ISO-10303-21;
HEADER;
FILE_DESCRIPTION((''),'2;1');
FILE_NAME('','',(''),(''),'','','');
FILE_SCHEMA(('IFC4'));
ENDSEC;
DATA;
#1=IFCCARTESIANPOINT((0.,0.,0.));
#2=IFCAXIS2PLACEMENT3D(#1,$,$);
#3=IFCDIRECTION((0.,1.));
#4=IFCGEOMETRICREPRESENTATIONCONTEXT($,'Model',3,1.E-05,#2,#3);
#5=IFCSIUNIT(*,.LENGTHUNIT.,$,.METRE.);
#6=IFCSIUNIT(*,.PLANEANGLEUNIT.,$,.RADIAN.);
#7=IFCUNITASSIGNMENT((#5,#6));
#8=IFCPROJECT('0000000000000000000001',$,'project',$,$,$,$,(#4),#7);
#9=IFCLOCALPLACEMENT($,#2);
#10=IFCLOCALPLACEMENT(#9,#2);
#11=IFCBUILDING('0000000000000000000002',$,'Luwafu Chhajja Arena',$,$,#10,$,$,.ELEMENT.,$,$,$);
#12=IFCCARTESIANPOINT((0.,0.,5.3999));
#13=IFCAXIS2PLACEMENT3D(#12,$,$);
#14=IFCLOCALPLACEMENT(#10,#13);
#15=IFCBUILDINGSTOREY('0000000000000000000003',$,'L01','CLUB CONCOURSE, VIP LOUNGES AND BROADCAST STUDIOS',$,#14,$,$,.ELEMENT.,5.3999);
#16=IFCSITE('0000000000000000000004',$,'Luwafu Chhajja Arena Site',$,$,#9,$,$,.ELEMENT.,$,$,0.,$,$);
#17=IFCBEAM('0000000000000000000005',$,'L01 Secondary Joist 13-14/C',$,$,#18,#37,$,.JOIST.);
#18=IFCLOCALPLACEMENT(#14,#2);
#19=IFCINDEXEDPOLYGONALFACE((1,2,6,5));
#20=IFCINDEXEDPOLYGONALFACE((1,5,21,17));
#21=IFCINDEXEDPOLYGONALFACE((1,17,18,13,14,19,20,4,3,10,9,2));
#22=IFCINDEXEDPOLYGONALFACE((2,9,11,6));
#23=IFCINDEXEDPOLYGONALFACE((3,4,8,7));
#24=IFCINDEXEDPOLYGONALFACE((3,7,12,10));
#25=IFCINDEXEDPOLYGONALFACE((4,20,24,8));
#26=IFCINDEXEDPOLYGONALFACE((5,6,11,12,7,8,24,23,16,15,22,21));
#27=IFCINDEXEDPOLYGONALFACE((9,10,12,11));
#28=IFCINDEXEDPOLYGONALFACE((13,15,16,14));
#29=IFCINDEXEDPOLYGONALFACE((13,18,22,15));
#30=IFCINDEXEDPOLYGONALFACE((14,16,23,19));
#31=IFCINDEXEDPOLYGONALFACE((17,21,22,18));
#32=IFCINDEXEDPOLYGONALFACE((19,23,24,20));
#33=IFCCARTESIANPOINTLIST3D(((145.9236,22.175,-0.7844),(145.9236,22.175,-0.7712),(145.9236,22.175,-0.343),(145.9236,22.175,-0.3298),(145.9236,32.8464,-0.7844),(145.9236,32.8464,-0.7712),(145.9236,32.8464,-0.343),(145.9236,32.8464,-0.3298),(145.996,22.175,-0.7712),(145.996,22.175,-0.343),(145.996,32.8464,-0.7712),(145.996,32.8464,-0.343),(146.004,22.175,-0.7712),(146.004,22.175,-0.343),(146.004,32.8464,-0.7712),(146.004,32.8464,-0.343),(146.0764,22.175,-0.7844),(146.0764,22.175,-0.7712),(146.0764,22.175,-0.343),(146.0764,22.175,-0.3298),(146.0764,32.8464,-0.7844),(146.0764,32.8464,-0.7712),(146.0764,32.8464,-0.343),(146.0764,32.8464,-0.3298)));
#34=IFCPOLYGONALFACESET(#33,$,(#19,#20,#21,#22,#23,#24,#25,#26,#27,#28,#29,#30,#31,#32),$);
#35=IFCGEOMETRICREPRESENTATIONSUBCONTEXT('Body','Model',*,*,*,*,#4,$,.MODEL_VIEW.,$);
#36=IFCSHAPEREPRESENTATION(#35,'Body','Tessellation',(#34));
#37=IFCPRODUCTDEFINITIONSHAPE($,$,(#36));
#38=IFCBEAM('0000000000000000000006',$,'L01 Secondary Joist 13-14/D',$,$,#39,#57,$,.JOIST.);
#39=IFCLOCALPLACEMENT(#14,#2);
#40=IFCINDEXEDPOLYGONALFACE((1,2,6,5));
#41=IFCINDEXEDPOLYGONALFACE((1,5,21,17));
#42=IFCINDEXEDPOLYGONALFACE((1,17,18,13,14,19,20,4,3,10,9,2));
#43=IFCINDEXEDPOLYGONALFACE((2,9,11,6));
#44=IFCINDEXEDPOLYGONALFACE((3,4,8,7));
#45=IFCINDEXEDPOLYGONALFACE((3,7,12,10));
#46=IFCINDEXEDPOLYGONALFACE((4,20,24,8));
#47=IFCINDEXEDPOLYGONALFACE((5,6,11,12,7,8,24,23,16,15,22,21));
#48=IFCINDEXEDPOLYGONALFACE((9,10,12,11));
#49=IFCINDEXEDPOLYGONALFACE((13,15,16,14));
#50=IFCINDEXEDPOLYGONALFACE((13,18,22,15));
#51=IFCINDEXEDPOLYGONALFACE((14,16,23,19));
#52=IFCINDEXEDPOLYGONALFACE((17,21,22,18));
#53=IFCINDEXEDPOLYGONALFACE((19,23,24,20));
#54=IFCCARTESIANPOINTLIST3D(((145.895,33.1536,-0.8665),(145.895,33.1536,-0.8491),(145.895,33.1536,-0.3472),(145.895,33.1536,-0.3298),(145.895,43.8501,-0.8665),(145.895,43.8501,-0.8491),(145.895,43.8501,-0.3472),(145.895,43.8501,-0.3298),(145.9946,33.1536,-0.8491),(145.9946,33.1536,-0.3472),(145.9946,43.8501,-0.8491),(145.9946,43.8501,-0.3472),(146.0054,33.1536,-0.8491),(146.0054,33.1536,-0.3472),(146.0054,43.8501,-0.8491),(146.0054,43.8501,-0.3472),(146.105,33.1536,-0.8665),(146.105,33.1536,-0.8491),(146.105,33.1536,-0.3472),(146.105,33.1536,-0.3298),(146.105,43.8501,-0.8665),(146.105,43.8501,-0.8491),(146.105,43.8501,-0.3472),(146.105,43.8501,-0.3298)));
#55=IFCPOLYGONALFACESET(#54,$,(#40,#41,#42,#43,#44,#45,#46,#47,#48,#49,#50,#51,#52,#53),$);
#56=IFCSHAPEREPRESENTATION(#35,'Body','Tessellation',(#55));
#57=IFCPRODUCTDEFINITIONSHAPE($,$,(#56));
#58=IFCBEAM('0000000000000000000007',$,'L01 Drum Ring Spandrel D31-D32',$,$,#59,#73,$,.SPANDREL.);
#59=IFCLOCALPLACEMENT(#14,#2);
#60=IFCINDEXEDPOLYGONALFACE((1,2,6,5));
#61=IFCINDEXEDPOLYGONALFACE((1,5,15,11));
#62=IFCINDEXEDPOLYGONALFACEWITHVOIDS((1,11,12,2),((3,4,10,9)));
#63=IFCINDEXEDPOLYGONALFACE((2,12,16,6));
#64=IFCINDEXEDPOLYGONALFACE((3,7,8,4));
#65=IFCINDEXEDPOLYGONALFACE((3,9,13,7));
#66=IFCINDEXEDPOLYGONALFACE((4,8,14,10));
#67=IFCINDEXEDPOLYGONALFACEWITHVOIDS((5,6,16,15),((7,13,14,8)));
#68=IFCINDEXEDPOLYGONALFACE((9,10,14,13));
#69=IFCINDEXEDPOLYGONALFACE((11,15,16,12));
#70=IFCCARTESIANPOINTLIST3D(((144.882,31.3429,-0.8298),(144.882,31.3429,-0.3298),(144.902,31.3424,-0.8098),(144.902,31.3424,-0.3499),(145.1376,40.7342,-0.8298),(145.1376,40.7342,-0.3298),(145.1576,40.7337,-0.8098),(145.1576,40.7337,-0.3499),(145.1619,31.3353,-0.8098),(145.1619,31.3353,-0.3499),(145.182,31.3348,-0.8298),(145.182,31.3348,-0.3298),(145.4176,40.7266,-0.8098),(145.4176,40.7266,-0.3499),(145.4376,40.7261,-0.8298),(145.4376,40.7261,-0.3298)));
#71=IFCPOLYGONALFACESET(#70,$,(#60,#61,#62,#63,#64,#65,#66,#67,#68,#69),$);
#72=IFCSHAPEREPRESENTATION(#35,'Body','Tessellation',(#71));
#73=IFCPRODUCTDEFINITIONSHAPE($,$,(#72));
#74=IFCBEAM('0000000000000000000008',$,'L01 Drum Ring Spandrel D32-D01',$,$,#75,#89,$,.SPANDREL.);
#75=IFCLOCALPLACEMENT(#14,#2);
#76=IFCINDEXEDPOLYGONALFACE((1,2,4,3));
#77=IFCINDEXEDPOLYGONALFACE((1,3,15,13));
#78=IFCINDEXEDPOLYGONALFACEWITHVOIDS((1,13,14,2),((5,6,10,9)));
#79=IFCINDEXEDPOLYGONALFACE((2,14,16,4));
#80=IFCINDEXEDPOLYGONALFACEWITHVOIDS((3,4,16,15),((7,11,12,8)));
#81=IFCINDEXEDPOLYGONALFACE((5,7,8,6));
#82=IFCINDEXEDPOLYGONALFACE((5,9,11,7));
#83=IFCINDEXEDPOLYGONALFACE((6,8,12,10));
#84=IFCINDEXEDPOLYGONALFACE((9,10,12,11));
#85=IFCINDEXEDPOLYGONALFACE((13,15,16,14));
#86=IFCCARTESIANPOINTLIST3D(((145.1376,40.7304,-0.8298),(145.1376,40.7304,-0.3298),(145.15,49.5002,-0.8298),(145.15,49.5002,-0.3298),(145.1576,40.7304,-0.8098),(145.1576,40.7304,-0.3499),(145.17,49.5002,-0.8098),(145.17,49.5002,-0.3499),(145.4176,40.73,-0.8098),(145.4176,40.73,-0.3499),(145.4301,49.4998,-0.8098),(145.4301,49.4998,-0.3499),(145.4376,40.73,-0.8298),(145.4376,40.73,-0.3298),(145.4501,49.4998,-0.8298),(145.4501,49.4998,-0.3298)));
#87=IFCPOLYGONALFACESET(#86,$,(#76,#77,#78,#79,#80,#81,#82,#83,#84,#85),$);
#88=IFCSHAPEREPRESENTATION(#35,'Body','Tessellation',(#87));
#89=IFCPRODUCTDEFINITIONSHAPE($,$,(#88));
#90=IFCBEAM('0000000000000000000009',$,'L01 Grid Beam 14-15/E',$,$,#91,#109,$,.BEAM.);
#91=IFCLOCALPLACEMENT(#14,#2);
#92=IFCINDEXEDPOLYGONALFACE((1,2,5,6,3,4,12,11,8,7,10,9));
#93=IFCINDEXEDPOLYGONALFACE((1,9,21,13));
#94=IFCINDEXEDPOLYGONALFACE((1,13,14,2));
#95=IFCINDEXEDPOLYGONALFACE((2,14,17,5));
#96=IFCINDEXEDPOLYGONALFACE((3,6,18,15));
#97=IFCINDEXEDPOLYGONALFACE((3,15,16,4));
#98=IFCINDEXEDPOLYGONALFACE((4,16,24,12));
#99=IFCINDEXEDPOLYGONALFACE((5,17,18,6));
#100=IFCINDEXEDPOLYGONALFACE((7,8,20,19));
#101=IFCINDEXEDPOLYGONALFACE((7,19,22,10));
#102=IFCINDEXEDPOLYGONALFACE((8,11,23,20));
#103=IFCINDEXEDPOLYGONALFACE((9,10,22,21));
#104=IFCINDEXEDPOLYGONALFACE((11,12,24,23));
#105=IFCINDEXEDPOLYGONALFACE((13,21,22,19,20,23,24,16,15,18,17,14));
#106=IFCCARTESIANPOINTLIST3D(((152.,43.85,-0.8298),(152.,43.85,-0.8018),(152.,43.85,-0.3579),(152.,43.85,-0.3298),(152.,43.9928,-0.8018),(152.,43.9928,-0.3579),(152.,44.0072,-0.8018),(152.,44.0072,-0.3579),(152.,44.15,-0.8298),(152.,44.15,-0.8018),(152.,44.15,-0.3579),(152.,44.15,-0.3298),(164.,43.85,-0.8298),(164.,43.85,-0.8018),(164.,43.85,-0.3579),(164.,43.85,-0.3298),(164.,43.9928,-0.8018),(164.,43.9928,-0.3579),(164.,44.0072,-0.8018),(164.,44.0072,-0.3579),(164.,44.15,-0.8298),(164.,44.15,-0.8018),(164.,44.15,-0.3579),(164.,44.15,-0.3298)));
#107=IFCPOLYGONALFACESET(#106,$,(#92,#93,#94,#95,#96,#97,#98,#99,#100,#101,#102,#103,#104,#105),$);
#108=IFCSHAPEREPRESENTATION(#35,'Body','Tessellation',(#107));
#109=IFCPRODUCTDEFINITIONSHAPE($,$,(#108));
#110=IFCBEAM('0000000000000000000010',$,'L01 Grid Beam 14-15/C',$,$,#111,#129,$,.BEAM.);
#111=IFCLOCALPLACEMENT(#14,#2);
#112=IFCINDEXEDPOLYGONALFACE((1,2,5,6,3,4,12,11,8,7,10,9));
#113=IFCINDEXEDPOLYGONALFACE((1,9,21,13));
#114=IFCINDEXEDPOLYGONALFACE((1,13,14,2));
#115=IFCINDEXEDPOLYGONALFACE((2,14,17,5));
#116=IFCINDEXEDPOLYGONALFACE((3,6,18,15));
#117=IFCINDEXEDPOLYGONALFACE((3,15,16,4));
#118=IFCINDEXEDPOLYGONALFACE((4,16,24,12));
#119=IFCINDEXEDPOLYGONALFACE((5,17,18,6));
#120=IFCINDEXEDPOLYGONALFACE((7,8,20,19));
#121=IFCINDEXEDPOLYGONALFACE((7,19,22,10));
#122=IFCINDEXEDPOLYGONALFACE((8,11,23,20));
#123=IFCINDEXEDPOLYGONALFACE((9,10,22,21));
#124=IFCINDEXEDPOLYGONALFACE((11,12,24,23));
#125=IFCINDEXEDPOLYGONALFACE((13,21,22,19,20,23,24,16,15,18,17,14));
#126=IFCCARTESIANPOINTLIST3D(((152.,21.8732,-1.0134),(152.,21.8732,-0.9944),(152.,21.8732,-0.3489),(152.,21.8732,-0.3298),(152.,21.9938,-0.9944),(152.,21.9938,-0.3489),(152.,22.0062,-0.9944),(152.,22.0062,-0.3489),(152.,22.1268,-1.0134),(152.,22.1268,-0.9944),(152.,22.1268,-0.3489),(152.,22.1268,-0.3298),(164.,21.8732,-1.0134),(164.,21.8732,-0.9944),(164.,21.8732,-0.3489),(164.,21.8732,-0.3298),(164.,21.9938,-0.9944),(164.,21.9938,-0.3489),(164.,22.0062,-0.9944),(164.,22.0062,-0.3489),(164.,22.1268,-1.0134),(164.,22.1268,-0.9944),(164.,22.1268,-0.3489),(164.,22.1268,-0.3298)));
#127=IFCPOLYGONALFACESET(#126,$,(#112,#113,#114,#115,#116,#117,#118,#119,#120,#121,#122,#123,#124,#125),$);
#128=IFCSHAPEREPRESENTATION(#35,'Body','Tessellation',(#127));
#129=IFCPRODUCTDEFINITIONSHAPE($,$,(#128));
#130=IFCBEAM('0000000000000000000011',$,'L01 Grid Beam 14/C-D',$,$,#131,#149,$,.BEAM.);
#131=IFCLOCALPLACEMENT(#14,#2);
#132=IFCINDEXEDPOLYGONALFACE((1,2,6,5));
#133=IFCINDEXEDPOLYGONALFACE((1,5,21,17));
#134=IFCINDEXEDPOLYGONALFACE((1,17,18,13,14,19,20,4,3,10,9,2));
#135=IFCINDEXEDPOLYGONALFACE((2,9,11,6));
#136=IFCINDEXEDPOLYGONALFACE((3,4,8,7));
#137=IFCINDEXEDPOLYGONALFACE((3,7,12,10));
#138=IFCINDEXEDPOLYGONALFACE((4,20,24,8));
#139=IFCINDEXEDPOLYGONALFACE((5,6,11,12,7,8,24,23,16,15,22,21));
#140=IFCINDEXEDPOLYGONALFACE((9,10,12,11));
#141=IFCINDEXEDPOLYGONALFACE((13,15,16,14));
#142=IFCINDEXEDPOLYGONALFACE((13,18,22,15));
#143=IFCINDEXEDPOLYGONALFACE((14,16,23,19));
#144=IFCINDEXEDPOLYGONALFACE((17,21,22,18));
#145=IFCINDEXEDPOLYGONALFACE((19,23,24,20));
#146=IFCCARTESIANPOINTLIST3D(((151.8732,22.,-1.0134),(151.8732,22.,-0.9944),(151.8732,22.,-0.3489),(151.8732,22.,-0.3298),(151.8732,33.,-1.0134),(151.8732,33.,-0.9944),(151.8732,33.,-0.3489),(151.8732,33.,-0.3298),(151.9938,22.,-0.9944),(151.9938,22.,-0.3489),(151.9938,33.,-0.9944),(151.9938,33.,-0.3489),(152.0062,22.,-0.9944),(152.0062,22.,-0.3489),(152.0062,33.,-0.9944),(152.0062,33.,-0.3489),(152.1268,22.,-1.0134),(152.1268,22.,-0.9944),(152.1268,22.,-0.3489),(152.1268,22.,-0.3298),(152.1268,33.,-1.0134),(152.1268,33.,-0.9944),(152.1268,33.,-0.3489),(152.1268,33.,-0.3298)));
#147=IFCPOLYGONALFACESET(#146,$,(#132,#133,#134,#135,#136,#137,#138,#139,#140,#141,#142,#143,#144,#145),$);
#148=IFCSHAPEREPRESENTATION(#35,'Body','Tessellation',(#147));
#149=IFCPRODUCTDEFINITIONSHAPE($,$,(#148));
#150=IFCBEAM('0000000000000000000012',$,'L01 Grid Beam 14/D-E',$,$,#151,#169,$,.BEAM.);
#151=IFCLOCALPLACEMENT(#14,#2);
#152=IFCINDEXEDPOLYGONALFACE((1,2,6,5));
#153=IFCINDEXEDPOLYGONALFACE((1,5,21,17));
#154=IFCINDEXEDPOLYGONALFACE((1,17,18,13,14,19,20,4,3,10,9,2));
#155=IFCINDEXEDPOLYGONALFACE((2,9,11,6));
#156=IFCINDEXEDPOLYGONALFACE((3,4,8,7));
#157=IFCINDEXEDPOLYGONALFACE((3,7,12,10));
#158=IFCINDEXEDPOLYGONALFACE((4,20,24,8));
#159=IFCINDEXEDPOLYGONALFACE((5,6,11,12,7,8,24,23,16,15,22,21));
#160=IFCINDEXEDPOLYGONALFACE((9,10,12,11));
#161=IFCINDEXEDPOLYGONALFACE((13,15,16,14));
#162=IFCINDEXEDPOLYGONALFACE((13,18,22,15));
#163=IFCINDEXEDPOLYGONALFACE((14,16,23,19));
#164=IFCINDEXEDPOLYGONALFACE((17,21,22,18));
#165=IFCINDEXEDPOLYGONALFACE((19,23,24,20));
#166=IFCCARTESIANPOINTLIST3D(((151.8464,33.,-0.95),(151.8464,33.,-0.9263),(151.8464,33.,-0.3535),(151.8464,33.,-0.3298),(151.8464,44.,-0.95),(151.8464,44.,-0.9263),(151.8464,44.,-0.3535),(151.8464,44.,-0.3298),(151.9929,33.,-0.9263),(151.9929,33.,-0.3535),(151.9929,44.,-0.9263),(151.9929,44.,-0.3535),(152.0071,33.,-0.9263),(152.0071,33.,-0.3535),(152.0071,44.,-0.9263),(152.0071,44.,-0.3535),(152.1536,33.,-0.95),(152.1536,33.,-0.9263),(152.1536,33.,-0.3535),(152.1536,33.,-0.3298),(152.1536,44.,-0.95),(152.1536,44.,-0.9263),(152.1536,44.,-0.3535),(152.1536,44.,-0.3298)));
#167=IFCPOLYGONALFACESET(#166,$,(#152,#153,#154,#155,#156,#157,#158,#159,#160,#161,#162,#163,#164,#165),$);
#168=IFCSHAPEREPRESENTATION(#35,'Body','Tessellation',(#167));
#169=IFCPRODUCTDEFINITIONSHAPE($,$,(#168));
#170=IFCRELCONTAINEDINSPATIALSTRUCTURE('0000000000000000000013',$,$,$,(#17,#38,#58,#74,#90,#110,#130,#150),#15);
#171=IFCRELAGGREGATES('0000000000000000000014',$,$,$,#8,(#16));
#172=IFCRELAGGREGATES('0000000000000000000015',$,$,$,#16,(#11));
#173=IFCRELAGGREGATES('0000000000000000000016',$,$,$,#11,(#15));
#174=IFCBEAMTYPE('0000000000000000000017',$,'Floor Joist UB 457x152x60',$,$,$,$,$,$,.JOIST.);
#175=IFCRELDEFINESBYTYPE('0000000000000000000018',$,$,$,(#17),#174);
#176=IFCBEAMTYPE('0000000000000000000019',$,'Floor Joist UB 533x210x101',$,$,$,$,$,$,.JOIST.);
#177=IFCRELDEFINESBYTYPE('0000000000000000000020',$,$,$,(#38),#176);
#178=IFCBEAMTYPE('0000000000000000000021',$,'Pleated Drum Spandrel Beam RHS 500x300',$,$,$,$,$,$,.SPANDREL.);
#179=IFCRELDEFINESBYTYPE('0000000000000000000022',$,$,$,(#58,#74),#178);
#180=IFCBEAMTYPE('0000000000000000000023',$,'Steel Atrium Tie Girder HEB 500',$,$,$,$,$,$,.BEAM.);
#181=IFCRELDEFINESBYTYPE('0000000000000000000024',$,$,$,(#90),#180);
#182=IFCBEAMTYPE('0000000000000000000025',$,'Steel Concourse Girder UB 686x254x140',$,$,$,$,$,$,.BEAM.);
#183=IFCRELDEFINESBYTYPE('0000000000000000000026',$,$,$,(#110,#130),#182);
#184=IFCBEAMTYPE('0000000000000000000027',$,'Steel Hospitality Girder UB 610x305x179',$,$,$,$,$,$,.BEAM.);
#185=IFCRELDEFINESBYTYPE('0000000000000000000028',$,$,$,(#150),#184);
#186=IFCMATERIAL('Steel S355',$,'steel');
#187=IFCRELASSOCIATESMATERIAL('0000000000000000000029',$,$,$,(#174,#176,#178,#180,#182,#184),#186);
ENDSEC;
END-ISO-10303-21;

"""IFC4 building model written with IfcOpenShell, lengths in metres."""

from ifc_helpers import new_model, si_unit, direction, frame, origin, origin_2d, place, context, subcontext, project, spatial, hollow_rectangle, i_section, extrude, material, material_profile, profile_set, type_object, element, save


model = new_model("IFC4")

# Units and contexts
model_context = context("Model", 3, precision=1e-05, world=origin(), true_north=direction((0.0, 1.0)))
body_context = subcontext(model_context, "Body", "Model", "MODEL_VIEW")
ifc_project = project(units=[si_unit("LENGTHUNIT", "METRE"), si_unit("PLANEANGLEUNIT", "RADIAN")], contexts=[model_context])

# Site, building, storey
site_placement = place(None, origin())
site = spatial("IfcSite", under=ifc_project, at=site_placement, Name="Luwafu Chhajja Arena Site", CompositionType="ELEMENT", RefElevation=0.0)
building_placement = place(site_placement, origin())
building = spatial("IfcBuilding", under=site, at=building_placement, Name="Luwafu Chhajja Arena", CompositionType="ELEMENT")
storey_placement = place(building_placement, frame((0.0, 0.0, 5.3999)))
storey = spatial("IfcBuildingStorey", under=building, at=storey_placement, Name="L01", Description="CLUB CONCOURSE, VIP LOUNGES AND BROADCAST STUDIOS", CompositionType="ELEMENT", Elevation=5.3999)

# Shared definitions
ifc_material_1 = material(Name="Steel S355", Category="steel")

# Beams
ifc_material_profile_1 = material_profile(ifc_material_1, i_section(OverallWidth=0.1528, OverallDepth=0.4546, WebThickness=0.0081, FlangeThickness=0.0132, at=origin_2d()), Name="UB 457x152x60")
ifc_profile_set_1 = profile_set([ifc_material_profile_1], Name="Steel S355")
beam_type_1 = type_object("IfcBeamType", Name="Floor Joist UB 457x152x60", PredefinedType="JOIST", material=ifc_profile_set_1)
beam_1_placement = place(storey_placement, frame((146.0, 22.175, -0.5571), z_axis=(0.0, 1.0, 0.0), x_axis=(-1.0, 0.0, 0.0)))
element("IfcBeam", 1, at=beam_1_placement, inside=storey, type_object=beam_type_1, Name="L01 Secondary Joist 13-14/C", PredefinedType="JOIST", context=body_context, shape_type="SweptSolid", body=[
    extrude(i_section(OverallWidth=0.1528, OverallDepth=0.4546, WebThickness=0.0081, FlangeThickness=0.0132, at=origin_2d()), origin(), (0.0, 0.0, 1.0), 10.6714),
])
ifc_material_profile_2 = material_profile(ifc_material_1, i_section(OverallWidth=0.21, OverallDepth=0.5366, WebThickness=0.0107, FlangeThickness=0.0173, at=origin_2d()), Name="UB 533x210x101")
ifc_profile_set_2 = profile_set([ifc_material_profile_2], Name="Steel S355")
beam_type_2 = type_object("IfcBeamType", Name="Floor Joist UB 533x210x101", PredefinedType="JOIST", material=ifc_profile_set_2)
beam_2_placement = place(storey_placement, frame((146.0, 33.1536, -0.5981), z_axis=(0.0, 1.0, 0.0), x_axis=(-1.0, 0.0, 0.0)))
element("IfcBeam", 2, at=beam_2_placement, inside=storey, type_object=beam_type_2, Name="L01 Secondary Joist 13-14/D", PredefinedType="JOIST", context=body_context, shape_type="SweptSolid", body=[
    extrude(i_section(OverallWidth=0.21, OverallDepth=0.5366, WebThickness=0.0107, FlangeThickness=0.0173, at=origin_2d()), origin(), (0.0, 0.0, 1.0), 10.6965),
])
ifc_material_profile_3 = material_profile(ifc_material_1, hollow_rectangle(XDim=0.3, YDim=0.5, WallThickness=0.02, at=origin_2d()), Name="RHS 500x300x20")
ifc_profile_set_3 = profile_set([ifc_material_profile_3], Name="Steel S355")
beam_type_3 = type_object("IfcBeamType", Name="Pleated Drum Spandrel Beam RHS 500x300", PredefinedType="SPANDREL", material=ifc_profile_set_3)
beam_3_placement = place(storey_placement, frame((145.032, 31.3389, -0.5798), z_axis=(0.027208, 0.99963, 0.0), x_axis=(-0.99963, 0.027208, 0.0)))
element("IfcBeam", 3, at=beam_3_placement, inside=storey, type_object=beam_type_3, Name="L01 Drum Ring Spandrel D31-D32", PredefinedType="SPANDREL", context=body_context, shape_type="SweptSolid", body=[
    extrude(hollow_rectangle(XDim=0.3, YDim=0.5, WallThickness=0.02, at=origin_2d()), origin(), (0.0, 0.0, 1.0), 9.3948),
])
beam_4_placement = place(storey_placement, frame((145.2876, 40.7302, -0.5798), z_axis=(0.00142, 0.999999, 0.0), x_axis=(-0.999999, 0.00142, 0.0)))
element("IfcBeam", 4, at=beam_4_placement, inside=storey, type_object=beam_type_3, Name="L01 Drum Ring Spandrel D32-D01", PredefinedType="SPANDREL", context=body_context, shape_type="SweptSolid", body=[
    extrude(hollow_rectangle(XDim=0.3, YDim=0.5, WallThickness=0.02, at=origin_2d()), origin(), (0.0, 0.0, 1.0), 8.7698),
])
ifc_material_profile_4 = material_profile(ifc_material_1, i_section(OverallWidth=0.3, OverallDepth=0.5, WebThickness=0.0144, FlangeThickness=0.0281, at=origin_2d()), Name="HEB 500")
ifc_profile_set_4 = profile_set([ifc_material_profile_4], Name="Steel S355")
beam_type_4 = type_object("IfcBeamType", Name="Steel Atrium Tie Girder HEB 500", PredefinedType="BEAM", material=ifc_profile_set_4)
beam_5_placement = place(storey_placement, frame((152.0, 44.0, -0.5798), z_axis=(1.0, 0.0, 0.0), x_axis=(0.0, 1.0, 0.0)))
element("IfcBeam", 5, at=beam_5_placement, inside=storey, type_object=beam_type_4, Name="L01 Grid Beam 14-15/E", PredefinedType="BEAM", context=body_context, shape_type="SweptSolid", body=[
    extrude(i_section(OverallWidth=0.3, OverallDepth=0.5, WebThickness=0.0144, FlangeThickness=0.0281, at=origin_2d()), origin(), (0.0, 0.0, 1.0), 12.0),
])
ifc_material_profile_5 = material_profile(ifc_material_1, i_section(OverallWidth=0.2537, OverallDepth=0.6836, WebThickness=0.0125, FlangeThickness=0.019, at=origin_2d()), Name="UB 686x254x140")
ifc_profile_set_5 = profile_set([ifc_material_profile_5], Name="Steel S355")
beam_type_5 = type_object("IfcBeamType", Name="Steel Concourse Girder UB 686x254x140", PredefinedType="BEAM", material=ifc_profile_set_5)
beam_6_placement = place(storey_placement, frame((152.0, 22.0, -0.6716), z_axis=(1.0, 0.0, 0.0), x_axis=(0.0, 1.0, 0.0)))
element("IfcBeam", 6, at=beam_6_placement, inside=storey, type_object=beam_type_5, Name="L01 Grid Beam 14-15/C", PredefinedType="BEAM", context=body_context, shape_type="SweptSolid", body=[
    extrude(i_section(OverallWidth=0.2537, OverallDepth=0.6836, WebThickness=0.0125, FlangeThickness=0.019, at=origin_2d()), origin(), (0.0, 0.0, 1.0), 12.0),
])
beam_7_placement = place(storey_placement, frame((152.0, 22.0, -0.6716), z_axis=(0.0, 1.0, 0.0), x_axis=(-1.0, 0.0, 0.0)))
element("IfcBeam", 7, at=beam_7_placement, inside=storey, type_object=beam_type_5, Name="L01 Grid Beam 14/C-D", PredefinedType="BEAM", context=body_context, shape_type="SweptSolid", body=[
    extrude(i_section(OverallWidth=0.2537, OverallDepth=0.6836, WebThickness=0.0125, FlangeThickness=0.019, at=origin_2d()), origin(), (0.0, 0.0, 1.0), 11.0),
])
ifc_material_profile_6 = material_profile(ifc_material_1, i_section(OverallWidth=0.3071, OverallDepth=0.6201, WebThickness=0.0142, FlangeThickness=0.0237, at=origin_2d()), Name="UB 610x305x179")
ifc_profile_set_6 = profile_set([ifc_material_profile_6], Name="Steel S355")
beam_type_6 = type_object("IfcBeamType", Name="Steel Hospitality Girder UB 610x305x179", PredefinedType="BEAM", material=ifc_profile_set_6)
beam_8_placement = place(storey_placement, frame((152.0, 33.0, -0.6399), z_axis=(0.0, 1.0, 0.0), x_axis=(-1.0, 0.0, 0.0)))
element("IfcBeam", 8, at=beam_8_placement, inside=storey, type_object=beam_type_6, Name="L01 Grid Beam 14/D-E", PredefinedType="BEAM", context=body_context, shape_type="SweptSolid", body=[
    extrude(i_section(OverallWidth=0.3071, OverallDepth=0.6201, WebThickness=0.0142, FlangeThickness=0.0237, at=origin_2d()), origin(), (0.0, 0.0, 1.0), 11.0),
])

save(model, "model.ifc")
